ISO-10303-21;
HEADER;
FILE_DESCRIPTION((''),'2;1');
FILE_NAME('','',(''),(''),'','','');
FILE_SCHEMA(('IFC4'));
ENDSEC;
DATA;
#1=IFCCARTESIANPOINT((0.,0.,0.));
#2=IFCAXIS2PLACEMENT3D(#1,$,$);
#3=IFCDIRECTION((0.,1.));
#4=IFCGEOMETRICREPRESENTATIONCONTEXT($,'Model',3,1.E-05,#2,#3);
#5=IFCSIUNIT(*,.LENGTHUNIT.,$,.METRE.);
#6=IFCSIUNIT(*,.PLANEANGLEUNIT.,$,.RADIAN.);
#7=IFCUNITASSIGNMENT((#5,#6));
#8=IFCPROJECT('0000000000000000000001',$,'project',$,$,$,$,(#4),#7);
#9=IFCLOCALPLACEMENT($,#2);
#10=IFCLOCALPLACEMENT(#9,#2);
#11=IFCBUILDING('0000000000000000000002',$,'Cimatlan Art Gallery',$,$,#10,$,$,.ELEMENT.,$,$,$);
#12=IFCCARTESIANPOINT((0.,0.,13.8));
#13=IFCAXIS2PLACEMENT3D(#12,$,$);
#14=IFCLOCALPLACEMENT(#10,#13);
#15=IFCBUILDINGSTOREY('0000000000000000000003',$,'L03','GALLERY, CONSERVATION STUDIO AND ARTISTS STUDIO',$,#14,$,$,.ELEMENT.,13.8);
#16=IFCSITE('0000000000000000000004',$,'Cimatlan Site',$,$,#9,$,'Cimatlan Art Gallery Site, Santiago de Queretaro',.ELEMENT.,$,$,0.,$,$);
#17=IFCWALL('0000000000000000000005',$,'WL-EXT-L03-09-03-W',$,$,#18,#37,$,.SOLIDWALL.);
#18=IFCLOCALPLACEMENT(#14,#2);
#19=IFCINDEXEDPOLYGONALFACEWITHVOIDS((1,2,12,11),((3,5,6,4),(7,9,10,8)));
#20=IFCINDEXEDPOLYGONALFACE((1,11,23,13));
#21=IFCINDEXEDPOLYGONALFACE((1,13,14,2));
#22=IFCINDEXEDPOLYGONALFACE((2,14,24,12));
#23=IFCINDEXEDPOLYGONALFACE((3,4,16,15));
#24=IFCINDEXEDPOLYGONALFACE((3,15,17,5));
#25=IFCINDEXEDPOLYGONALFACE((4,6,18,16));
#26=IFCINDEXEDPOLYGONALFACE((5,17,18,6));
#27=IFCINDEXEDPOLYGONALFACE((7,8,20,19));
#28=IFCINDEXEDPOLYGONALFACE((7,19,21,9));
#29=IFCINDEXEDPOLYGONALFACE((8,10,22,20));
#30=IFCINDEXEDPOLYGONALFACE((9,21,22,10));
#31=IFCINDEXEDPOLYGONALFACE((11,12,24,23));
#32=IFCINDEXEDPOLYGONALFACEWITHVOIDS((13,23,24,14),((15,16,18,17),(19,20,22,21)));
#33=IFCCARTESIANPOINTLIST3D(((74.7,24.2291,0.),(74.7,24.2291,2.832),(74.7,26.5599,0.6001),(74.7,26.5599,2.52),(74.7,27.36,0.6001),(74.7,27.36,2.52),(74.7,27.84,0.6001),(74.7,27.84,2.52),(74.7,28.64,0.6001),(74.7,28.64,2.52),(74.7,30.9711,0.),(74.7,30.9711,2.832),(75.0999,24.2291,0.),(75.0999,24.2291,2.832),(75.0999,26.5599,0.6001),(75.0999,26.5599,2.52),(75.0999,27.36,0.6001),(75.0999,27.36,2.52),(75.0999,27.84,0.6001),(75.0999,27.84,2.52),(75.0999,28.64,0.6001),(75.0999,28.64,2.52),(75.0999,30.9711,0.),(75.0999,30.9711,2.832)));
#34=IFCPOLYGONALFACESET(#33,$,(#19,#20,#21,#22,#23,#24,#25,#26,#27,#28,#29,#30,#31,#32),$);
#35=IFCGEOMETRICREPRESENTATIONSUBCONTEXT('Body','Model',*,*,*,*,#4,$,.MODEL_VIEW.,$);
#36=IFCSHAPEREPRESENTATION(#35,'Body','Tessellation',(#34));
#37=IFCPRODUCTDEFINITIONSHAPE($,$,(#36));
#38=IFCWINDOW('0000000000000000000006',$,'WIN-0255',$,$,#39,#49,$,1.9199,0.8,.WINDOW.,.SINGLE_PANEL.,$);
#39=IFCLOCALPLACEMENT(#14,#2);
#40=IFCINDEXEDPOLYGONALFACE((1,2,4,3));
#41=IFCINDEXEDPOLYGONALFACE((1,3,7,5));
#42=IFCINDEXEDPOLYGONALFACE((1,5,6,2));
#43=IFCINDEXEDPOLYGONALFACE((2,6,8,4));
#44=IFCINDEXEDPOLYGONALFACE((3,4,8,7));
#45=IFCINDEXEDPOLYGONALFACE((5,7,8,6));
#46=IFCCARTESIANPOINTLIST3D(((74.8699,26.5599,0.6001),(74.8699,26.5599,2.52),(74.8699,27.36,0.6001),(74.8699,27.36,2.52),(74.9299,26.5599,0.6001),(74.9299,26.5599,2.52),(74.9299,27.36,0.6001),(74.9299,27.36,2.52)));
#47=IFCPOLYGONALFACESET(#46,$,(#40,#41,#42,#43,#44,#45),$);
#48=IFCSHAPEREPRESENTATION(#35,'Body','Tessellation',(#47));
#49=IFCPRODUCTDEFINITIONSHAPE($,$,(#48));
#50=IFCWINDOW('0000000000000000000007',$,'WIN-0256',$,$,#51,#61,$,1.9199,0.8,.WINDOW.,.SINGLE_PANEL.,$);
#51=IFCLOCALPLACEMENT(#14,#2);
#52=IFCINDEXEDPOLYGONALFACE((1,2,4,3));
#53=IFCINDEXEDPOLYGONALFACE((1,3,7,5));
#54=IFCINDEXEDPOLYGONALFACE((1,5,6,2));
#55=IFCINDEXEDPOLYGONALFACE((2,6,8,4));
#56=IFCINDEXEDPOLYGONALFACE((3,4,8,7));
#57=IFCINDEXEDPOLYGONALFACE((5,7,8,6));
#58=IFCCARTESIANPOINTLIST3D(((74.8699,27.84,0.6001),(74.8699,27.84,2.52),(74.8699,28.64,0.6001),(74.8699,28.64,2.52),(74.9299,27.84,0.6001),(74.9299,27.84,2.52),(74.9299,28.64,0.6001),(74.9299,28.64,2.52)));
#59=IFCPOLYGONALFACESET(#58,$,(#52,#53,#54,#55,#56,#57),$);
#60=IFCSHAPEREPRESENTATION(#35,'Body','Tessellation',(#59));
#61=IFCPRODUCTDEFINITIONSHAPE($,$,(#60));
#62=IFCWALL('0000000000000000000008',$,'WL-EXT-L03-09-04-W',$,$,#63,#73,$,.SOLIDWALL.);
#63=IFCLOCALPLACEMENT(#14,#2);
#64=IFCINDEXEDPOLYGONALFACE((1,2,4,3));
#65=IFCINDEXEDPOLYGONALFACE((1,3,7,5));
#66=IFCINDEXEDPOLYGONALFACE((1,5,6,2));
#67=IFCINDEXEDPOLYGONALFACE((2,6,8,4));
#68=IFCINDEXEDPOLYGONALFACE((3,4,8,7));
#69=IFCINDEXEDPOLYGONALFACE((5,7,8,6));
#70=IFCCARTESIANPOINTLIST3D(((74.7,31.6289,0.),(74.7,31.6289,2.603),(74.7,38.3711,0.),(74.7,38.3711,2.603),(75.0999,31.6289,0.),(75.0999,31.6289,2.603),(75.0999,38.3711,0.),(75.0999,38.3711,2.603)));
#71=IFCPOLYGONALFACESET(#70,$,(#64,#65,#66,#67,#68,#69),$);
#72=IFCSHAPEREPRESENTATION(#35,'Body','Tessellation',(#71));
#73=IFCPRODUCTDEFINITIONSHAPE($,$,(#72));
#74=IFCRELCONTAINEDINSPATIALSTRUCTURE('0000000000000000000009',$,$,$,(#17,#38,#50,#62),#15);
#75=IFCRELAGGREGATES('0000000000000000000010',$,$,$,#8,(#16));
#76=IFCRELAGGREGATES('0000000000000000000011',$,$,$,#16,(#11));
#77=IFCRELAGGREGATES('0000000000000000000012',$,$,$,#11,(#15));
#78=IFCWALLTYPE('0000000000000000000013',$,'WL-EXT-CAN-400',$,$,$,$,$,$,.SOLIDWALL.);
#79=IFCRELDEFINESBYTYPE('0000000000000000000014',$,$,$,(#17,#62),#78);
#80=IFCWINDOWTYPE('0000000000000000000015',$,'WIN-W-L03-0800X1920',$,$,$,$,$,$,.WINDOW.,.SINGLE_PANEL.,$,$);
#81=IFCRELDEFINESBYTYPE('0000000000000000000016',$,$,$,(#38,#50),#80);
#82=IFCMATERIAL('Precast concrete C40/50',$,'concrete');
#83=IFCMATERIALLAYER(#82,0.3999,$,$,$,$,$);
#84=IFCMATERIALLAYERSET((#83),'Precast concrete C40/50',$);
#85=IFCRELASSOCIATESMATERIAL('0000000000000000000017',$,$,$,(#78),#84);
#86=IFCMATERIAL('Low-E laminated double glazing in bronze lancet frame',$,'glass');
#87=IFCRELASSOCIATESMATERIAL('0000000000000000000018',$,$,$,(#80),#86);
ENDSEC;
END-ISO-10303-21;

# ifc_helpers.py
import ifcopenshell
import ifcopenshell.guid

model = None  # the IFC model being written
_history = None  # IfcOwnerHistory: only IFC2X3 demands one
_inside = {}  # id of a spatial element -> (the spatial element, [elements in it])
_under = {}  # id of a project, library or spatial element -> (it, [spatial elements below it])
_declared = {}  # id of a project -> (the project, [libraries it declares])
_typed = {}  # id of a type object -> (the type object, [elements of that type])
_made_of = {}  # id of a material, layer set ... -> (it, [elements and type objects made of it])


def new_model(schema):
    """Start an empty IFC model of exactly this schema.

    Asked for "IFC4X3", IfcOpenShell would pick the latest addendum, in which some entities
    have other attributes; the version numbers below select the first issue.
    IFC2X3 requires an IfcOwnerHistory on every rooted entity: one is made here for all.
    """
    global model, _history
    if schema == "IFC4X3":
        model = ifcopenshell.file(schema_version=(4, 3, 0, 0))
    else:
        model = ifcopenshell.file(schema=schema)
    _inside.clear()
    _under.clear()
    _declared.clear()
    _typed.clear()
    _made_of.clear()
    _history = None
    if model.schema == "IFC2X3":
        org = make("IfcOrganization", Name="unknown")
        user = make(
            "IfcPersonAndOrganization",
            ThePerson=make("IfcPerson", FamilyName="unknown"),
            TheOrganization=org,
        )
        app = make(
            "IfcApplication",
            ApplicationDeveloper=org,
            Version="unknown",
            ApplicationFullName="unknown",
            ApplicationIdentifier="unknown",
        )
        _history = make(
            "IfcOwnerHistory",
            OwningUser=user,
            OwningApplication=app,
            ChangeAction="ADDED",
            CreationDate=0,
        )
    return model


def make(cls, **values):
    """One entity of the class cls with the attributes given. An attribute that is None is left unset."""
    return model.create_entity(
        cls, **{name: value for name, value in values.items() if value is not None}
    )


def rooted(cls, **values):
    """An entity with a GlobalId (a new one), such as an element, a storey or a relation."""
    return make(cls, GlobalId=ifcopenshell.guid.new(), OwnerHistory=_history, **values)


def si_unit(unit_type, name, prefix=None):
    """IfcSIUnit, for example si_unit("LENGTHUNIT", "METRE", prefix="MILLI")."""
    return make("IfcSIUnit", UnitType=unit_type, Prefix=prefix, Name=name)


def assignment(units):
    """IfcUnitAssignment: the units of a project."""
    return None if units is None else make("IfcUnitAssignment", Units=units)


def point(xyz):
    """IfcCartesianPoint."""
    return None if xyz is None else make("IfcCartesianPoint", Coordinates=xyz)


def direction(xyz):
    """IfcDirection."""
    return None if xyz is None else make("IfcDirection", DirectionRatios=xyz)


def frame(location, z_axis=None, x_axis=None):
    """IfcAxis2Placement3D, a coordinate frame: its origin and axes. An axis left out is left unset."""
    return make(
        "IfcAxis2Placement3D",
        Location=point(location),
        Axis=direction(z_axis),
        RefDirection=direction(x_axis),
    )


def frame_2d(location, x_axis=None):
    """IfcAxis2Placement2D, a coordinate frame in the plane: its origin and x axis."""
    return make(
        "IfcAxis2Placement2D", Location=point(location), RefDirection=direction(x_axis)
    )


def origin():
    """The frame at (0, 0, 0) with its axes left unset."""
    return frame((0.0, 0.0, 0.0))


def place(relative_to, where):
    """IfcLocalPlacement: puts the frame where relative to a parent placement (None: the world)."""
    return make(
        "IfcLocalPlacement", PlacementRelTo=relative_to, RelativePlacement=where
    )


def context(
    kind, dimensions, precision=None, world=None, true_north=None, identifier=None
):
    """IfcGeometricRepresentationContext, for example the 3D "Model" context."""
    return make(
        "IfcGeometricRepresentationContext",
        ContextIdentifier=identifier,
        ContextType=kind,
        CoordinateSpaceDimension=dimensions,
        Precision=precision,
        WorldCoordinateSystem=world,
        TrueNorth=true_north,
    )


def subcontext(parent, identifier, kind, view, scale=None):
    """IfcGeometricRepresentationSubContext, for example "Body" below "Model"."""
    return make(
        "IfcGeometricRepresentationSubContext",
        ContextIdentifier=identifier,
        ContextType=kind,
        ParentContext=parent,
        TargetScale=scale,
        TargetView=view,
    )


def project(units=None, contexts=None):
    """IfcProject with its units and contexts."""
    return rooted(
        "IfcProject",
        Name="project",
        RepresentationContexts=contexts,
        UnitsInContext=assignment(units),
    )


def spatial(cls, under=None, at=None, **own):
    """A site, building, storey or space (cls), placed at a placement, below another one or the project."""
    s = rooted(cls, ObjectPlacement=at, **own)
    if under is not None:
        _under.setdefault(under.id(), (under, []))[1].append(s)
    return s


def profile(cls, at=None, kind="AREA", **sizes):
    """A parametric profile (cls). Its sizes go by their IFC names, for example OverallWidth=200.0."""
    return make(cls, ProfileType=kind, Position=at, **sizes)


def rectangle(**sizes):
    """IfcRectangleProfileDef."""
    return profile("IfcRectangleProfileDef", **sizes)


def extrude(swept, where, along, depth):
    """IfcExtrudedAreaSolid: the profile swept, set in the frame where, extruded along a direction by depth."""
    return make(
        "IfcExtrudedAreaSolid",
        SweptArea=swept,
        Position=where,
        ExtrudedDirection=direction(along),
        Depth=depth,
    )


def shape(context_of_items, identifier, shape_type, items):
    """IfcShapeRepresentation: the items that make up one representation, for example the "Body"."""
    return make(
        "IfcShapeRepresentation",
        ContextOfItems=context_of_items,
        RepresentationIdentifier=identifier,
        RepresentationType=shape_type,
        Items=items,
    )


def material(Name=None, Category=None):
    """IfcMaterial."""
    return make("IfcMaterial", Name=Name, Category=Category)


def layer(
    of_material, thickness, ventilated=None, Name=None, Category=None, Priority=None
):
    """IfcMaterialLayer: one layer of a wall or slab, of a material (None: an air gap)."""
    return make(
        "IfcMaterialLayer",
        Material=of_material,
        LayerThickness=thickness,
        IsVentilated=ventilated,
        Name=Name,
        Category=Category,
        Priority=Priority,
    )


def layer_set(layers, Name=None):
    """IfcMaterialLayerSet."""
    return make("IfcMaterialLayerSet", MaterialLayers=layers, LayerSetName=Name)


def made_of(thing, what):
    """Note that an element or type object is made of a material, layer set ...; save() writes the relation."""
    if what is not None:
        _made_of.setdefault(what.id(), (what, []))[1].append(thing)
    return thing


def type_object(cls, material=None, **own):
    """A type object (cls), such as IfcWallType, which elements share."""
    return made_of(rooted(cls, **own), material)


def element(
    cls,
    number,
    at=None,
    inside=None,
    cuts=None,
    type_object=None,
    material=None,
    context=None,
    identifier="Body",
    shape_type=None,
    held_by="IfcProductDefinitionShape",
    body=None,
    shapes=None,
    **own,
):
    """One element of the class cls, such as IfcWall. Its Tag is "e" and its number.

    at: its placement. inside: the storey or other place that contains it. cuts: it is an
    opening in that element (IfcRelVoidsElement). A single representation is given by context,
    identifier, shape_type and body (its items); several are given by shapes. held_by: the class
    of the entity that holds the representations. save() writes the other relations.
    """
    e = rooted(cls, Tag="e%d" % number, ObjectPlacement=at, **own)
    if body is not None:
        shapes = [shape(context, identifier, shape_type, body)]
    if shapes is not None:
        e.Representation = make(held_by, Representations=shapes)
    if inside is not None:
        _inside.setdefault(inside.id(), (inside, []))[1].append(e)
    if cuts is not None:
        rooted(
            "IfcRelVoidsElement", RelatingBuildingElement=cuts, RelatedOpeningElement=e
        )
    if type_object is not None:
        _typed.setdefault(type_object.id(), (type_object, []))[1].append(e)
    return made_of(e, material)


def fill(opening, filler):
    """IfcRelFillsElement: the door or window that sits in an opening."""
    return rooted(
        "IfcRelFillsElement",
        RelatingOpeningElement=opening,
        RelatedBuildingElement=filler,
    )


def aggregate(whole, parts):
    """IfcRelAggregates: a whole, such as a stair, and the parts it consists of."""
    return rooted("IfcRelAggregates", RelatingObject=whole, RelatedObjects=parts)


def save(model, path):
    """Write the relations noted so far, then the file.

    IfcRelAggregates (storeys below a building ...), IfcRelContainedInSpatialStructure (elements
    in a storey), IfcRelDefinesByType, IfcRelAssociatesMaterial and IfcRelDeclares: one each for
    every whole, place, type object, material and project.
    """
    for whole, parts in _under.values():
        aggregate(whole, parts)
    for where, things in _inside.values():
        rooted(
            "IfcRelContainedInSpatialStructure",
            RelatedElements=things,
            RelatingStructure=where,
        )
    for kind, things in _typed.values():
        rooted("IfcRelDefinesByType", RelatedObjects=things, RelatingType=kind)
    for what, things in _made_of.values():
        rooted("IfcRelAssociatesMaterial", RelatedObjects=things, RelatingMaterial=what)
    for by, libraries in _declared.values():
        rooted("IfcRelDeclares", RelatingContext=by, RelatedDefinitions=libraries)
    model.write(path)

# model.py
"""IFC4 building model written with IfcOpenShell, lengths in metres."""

from ifc_helpers import new_model, si_unit, direction, frame, frame_2d, origin, place, context, subcontext, project, spatial, rectangle, extrude, material, layer, layer_set, type_object, element, fill, save


model = new_model("IFC4")

# Units and contexts
model_context = context("Model", 3, precision=1e-05, world=origin(), true_north=direction((0.0, 1.0)))
body_context = subcontext(model_context, "Body", "Model", "MODEL_VIEW")
ifc_project = project(units=[si_unit("LENGTHUNIT", "METRE"), si_unit("PLANEANGLEUNIT", "RADIAN")], contexts=[model_context])

# Site, building, storey
site_placement = place(None, origin())
site = spatial("IfcSite", under=ifc_project, at=site_placement, Name="Cimatlan Site", LongName="Cimatlan Art Gallery Site, Santiago de Queretaro", CompositionType="ELEMENT", RefElevation=0.0)
building_placement = place(site_placement, origin())
building = spatial("IfcBuilding", under=site, at=building_placement, Name="Cimatlan Art Gallery", CompositionType="ELEMENT")
storey_placement = place(building_placement, frame((0.0, 0.0, 13.8)))
storey = spatial("IfcBuildingStorey", under=building, at=storey_placement, Name="L03", Description="GALLERY, CONSERVATION STUDIO AND ARTISTS STUDIO", CompositionType="ELEMENT", Elevation=13.8)

# Wall, openings, windows
ifc_material_1 = material(Name="Precast concrete C40/50", Category="concrete")
ifc_layer_1 = layer(ifc_material_1, 0.3999)
ifc_layer_set_1 = layer_set([ifc_layer_1], Name="Precast concrete C40/50")
wall_type = type_object("IfcWallType", Name="WL-EXT-CAN-400", PredefinedType="SOLIDWALL", material=ifc_layer_set_1)
wall_1_placement = place(storey_placement, frame((74.8999, 24.229, 0.0), z_axis=(0.0, 0.0, 1.0), x_axis=(0.0, 1.0, 0.0)))
wall_1 = element("IfcWall", 1, at=wall_1_placement, inside=storey, type_object=wall_type, Name="WL-EXT-L03-09-03-W", PredefinedType="SOLIDWALL", context=body_context, shape_type="SweptSolid", body=[
    extrude(rectangle(XDim=6.7419, YDim=0.3999, at=frame_2d((3.3711, 0.0))), origin(), (0.0, 0.0, 1.0), 2.832),
])
opening_1_placement = place(wall_1_placement, frame((2.3311, 0.0, 0.6001)))
opening_1 = element("IfcOpeningElement", 2, at=opening_1_placement, cuts=wall_1, PredefinedType="OPENING", context=body_context, shape_type="SweptSolid", body=[
    extrude(rectangle(XDim=0.8, YDim=1.9199, at=frame_2d((0.3999, 0.96))), frame((0.0, 0.21, 0.0), z_axis=(0.0, -1.0, 0.0), x_axis=(1.0, 0.0, 0.0)), (0.0, 0.0, 1.0), 0.4199),
])
opening_2_placement = place(wall_1_placement, frame((3.6111, 0.0, 0.6001)))
opening_2 = element("IfcOpeningElement", 3, at=opening_2_placement, cuts=wall_1, PredefinedType="OPENING", context=body_context, shape_type="SweptSolid", body=[
    extrude(rectangle(XDim=0.8, YDim=1.9199, at=frame_2d((0.3999, 0.96))), frame((0.0, 0.21, 0.0), z_axis=(0.0, -1.0, 0.0), x_axis=(1.0, 0.0, 0.0)), (0.0, 0.0, 1.0), 0.4199),
])
ifc_material_2 = material(Name="Low-E laminated double glazing in bronze lancet frame", Category="glass")
window_type = type_object("IfcWindowType", Name="WIN-W-L03-0800X1920", PartitioningType="SINGLE_PANEL", PredefinedType="WINDOW", material=ifc_material_2)
window_1_placement = place(opening_1_placement, origin())
window_1 = element("IfcWindow", 4, at=window_1_placement, inside=storey, type_object=window_type, Name="WIN-0255", OverallHeight=1.9199, OverallWidth=0.8, PartitioningType="SINGLE_PANEL", PredefinedType="WINDOW", context=body_context, shape_type="SweptSolid", body=[
    extrude(rectangle(XDim=0.8, YDim=1.9199, at=frame_2d((0.3999, 0.96))), frame((0.0, 0.03, 0.0), z_axis=(0.0, -1.0, 0.0), x_axis=(1.0, 0.0, 0.0)), (0.0, 0.0, 1.0), 0.0601),
])
fill(opening_1, window_1)
window_2_placement = place(opening_2_placement, origin())
window_2 = element("IfcWindow", 5, at=window_2_placement, inside=storey, type_object=window_type, Name="WIN-0256", OverallHeight=1.9199, OverallWidth=0.8, PartitioningType="SINGLE_PANEL", PredefinedType="WINDOW", context=body_context, shape_type="SweptSolid", body=[
    extrude(rectangle(XDim=0.8, YDim=1.9199, at=frame_2d((0.3999, 0.96))), frame((0.0, 0.03, 0.0), z_axis=(0.0, -1.0, 0.0), x_axis=(1.0, 0.0, 0.0)), (0.0, 0.0, 1.0), 0.0601),
])
fill(opening_2, window_2)

# Wall
wall_2_placement = place(storey_placement, frame((74.8999, 31.6289, 0.0), z_axis=(0.0, 0.0, 1.0), x_axis=(0.0, 1.0, 0.0)))
element("IfcWall", 6, at=wall_2_placement, inside=storey, type_object=wall_type, Name="WL-EXT-L03-09-04-W", PredefinedType="SOLIDWALL", context=body_context, shape_type="SweptSolid", body=[
    extrude(rectangle(XDim=6.7422, YDim=0.3999, at=frame_2d((3.3711, 0.0))), origin(), (0.0, 0.0, 1.0), 2.603),
])

save(model, "model.ifc")
